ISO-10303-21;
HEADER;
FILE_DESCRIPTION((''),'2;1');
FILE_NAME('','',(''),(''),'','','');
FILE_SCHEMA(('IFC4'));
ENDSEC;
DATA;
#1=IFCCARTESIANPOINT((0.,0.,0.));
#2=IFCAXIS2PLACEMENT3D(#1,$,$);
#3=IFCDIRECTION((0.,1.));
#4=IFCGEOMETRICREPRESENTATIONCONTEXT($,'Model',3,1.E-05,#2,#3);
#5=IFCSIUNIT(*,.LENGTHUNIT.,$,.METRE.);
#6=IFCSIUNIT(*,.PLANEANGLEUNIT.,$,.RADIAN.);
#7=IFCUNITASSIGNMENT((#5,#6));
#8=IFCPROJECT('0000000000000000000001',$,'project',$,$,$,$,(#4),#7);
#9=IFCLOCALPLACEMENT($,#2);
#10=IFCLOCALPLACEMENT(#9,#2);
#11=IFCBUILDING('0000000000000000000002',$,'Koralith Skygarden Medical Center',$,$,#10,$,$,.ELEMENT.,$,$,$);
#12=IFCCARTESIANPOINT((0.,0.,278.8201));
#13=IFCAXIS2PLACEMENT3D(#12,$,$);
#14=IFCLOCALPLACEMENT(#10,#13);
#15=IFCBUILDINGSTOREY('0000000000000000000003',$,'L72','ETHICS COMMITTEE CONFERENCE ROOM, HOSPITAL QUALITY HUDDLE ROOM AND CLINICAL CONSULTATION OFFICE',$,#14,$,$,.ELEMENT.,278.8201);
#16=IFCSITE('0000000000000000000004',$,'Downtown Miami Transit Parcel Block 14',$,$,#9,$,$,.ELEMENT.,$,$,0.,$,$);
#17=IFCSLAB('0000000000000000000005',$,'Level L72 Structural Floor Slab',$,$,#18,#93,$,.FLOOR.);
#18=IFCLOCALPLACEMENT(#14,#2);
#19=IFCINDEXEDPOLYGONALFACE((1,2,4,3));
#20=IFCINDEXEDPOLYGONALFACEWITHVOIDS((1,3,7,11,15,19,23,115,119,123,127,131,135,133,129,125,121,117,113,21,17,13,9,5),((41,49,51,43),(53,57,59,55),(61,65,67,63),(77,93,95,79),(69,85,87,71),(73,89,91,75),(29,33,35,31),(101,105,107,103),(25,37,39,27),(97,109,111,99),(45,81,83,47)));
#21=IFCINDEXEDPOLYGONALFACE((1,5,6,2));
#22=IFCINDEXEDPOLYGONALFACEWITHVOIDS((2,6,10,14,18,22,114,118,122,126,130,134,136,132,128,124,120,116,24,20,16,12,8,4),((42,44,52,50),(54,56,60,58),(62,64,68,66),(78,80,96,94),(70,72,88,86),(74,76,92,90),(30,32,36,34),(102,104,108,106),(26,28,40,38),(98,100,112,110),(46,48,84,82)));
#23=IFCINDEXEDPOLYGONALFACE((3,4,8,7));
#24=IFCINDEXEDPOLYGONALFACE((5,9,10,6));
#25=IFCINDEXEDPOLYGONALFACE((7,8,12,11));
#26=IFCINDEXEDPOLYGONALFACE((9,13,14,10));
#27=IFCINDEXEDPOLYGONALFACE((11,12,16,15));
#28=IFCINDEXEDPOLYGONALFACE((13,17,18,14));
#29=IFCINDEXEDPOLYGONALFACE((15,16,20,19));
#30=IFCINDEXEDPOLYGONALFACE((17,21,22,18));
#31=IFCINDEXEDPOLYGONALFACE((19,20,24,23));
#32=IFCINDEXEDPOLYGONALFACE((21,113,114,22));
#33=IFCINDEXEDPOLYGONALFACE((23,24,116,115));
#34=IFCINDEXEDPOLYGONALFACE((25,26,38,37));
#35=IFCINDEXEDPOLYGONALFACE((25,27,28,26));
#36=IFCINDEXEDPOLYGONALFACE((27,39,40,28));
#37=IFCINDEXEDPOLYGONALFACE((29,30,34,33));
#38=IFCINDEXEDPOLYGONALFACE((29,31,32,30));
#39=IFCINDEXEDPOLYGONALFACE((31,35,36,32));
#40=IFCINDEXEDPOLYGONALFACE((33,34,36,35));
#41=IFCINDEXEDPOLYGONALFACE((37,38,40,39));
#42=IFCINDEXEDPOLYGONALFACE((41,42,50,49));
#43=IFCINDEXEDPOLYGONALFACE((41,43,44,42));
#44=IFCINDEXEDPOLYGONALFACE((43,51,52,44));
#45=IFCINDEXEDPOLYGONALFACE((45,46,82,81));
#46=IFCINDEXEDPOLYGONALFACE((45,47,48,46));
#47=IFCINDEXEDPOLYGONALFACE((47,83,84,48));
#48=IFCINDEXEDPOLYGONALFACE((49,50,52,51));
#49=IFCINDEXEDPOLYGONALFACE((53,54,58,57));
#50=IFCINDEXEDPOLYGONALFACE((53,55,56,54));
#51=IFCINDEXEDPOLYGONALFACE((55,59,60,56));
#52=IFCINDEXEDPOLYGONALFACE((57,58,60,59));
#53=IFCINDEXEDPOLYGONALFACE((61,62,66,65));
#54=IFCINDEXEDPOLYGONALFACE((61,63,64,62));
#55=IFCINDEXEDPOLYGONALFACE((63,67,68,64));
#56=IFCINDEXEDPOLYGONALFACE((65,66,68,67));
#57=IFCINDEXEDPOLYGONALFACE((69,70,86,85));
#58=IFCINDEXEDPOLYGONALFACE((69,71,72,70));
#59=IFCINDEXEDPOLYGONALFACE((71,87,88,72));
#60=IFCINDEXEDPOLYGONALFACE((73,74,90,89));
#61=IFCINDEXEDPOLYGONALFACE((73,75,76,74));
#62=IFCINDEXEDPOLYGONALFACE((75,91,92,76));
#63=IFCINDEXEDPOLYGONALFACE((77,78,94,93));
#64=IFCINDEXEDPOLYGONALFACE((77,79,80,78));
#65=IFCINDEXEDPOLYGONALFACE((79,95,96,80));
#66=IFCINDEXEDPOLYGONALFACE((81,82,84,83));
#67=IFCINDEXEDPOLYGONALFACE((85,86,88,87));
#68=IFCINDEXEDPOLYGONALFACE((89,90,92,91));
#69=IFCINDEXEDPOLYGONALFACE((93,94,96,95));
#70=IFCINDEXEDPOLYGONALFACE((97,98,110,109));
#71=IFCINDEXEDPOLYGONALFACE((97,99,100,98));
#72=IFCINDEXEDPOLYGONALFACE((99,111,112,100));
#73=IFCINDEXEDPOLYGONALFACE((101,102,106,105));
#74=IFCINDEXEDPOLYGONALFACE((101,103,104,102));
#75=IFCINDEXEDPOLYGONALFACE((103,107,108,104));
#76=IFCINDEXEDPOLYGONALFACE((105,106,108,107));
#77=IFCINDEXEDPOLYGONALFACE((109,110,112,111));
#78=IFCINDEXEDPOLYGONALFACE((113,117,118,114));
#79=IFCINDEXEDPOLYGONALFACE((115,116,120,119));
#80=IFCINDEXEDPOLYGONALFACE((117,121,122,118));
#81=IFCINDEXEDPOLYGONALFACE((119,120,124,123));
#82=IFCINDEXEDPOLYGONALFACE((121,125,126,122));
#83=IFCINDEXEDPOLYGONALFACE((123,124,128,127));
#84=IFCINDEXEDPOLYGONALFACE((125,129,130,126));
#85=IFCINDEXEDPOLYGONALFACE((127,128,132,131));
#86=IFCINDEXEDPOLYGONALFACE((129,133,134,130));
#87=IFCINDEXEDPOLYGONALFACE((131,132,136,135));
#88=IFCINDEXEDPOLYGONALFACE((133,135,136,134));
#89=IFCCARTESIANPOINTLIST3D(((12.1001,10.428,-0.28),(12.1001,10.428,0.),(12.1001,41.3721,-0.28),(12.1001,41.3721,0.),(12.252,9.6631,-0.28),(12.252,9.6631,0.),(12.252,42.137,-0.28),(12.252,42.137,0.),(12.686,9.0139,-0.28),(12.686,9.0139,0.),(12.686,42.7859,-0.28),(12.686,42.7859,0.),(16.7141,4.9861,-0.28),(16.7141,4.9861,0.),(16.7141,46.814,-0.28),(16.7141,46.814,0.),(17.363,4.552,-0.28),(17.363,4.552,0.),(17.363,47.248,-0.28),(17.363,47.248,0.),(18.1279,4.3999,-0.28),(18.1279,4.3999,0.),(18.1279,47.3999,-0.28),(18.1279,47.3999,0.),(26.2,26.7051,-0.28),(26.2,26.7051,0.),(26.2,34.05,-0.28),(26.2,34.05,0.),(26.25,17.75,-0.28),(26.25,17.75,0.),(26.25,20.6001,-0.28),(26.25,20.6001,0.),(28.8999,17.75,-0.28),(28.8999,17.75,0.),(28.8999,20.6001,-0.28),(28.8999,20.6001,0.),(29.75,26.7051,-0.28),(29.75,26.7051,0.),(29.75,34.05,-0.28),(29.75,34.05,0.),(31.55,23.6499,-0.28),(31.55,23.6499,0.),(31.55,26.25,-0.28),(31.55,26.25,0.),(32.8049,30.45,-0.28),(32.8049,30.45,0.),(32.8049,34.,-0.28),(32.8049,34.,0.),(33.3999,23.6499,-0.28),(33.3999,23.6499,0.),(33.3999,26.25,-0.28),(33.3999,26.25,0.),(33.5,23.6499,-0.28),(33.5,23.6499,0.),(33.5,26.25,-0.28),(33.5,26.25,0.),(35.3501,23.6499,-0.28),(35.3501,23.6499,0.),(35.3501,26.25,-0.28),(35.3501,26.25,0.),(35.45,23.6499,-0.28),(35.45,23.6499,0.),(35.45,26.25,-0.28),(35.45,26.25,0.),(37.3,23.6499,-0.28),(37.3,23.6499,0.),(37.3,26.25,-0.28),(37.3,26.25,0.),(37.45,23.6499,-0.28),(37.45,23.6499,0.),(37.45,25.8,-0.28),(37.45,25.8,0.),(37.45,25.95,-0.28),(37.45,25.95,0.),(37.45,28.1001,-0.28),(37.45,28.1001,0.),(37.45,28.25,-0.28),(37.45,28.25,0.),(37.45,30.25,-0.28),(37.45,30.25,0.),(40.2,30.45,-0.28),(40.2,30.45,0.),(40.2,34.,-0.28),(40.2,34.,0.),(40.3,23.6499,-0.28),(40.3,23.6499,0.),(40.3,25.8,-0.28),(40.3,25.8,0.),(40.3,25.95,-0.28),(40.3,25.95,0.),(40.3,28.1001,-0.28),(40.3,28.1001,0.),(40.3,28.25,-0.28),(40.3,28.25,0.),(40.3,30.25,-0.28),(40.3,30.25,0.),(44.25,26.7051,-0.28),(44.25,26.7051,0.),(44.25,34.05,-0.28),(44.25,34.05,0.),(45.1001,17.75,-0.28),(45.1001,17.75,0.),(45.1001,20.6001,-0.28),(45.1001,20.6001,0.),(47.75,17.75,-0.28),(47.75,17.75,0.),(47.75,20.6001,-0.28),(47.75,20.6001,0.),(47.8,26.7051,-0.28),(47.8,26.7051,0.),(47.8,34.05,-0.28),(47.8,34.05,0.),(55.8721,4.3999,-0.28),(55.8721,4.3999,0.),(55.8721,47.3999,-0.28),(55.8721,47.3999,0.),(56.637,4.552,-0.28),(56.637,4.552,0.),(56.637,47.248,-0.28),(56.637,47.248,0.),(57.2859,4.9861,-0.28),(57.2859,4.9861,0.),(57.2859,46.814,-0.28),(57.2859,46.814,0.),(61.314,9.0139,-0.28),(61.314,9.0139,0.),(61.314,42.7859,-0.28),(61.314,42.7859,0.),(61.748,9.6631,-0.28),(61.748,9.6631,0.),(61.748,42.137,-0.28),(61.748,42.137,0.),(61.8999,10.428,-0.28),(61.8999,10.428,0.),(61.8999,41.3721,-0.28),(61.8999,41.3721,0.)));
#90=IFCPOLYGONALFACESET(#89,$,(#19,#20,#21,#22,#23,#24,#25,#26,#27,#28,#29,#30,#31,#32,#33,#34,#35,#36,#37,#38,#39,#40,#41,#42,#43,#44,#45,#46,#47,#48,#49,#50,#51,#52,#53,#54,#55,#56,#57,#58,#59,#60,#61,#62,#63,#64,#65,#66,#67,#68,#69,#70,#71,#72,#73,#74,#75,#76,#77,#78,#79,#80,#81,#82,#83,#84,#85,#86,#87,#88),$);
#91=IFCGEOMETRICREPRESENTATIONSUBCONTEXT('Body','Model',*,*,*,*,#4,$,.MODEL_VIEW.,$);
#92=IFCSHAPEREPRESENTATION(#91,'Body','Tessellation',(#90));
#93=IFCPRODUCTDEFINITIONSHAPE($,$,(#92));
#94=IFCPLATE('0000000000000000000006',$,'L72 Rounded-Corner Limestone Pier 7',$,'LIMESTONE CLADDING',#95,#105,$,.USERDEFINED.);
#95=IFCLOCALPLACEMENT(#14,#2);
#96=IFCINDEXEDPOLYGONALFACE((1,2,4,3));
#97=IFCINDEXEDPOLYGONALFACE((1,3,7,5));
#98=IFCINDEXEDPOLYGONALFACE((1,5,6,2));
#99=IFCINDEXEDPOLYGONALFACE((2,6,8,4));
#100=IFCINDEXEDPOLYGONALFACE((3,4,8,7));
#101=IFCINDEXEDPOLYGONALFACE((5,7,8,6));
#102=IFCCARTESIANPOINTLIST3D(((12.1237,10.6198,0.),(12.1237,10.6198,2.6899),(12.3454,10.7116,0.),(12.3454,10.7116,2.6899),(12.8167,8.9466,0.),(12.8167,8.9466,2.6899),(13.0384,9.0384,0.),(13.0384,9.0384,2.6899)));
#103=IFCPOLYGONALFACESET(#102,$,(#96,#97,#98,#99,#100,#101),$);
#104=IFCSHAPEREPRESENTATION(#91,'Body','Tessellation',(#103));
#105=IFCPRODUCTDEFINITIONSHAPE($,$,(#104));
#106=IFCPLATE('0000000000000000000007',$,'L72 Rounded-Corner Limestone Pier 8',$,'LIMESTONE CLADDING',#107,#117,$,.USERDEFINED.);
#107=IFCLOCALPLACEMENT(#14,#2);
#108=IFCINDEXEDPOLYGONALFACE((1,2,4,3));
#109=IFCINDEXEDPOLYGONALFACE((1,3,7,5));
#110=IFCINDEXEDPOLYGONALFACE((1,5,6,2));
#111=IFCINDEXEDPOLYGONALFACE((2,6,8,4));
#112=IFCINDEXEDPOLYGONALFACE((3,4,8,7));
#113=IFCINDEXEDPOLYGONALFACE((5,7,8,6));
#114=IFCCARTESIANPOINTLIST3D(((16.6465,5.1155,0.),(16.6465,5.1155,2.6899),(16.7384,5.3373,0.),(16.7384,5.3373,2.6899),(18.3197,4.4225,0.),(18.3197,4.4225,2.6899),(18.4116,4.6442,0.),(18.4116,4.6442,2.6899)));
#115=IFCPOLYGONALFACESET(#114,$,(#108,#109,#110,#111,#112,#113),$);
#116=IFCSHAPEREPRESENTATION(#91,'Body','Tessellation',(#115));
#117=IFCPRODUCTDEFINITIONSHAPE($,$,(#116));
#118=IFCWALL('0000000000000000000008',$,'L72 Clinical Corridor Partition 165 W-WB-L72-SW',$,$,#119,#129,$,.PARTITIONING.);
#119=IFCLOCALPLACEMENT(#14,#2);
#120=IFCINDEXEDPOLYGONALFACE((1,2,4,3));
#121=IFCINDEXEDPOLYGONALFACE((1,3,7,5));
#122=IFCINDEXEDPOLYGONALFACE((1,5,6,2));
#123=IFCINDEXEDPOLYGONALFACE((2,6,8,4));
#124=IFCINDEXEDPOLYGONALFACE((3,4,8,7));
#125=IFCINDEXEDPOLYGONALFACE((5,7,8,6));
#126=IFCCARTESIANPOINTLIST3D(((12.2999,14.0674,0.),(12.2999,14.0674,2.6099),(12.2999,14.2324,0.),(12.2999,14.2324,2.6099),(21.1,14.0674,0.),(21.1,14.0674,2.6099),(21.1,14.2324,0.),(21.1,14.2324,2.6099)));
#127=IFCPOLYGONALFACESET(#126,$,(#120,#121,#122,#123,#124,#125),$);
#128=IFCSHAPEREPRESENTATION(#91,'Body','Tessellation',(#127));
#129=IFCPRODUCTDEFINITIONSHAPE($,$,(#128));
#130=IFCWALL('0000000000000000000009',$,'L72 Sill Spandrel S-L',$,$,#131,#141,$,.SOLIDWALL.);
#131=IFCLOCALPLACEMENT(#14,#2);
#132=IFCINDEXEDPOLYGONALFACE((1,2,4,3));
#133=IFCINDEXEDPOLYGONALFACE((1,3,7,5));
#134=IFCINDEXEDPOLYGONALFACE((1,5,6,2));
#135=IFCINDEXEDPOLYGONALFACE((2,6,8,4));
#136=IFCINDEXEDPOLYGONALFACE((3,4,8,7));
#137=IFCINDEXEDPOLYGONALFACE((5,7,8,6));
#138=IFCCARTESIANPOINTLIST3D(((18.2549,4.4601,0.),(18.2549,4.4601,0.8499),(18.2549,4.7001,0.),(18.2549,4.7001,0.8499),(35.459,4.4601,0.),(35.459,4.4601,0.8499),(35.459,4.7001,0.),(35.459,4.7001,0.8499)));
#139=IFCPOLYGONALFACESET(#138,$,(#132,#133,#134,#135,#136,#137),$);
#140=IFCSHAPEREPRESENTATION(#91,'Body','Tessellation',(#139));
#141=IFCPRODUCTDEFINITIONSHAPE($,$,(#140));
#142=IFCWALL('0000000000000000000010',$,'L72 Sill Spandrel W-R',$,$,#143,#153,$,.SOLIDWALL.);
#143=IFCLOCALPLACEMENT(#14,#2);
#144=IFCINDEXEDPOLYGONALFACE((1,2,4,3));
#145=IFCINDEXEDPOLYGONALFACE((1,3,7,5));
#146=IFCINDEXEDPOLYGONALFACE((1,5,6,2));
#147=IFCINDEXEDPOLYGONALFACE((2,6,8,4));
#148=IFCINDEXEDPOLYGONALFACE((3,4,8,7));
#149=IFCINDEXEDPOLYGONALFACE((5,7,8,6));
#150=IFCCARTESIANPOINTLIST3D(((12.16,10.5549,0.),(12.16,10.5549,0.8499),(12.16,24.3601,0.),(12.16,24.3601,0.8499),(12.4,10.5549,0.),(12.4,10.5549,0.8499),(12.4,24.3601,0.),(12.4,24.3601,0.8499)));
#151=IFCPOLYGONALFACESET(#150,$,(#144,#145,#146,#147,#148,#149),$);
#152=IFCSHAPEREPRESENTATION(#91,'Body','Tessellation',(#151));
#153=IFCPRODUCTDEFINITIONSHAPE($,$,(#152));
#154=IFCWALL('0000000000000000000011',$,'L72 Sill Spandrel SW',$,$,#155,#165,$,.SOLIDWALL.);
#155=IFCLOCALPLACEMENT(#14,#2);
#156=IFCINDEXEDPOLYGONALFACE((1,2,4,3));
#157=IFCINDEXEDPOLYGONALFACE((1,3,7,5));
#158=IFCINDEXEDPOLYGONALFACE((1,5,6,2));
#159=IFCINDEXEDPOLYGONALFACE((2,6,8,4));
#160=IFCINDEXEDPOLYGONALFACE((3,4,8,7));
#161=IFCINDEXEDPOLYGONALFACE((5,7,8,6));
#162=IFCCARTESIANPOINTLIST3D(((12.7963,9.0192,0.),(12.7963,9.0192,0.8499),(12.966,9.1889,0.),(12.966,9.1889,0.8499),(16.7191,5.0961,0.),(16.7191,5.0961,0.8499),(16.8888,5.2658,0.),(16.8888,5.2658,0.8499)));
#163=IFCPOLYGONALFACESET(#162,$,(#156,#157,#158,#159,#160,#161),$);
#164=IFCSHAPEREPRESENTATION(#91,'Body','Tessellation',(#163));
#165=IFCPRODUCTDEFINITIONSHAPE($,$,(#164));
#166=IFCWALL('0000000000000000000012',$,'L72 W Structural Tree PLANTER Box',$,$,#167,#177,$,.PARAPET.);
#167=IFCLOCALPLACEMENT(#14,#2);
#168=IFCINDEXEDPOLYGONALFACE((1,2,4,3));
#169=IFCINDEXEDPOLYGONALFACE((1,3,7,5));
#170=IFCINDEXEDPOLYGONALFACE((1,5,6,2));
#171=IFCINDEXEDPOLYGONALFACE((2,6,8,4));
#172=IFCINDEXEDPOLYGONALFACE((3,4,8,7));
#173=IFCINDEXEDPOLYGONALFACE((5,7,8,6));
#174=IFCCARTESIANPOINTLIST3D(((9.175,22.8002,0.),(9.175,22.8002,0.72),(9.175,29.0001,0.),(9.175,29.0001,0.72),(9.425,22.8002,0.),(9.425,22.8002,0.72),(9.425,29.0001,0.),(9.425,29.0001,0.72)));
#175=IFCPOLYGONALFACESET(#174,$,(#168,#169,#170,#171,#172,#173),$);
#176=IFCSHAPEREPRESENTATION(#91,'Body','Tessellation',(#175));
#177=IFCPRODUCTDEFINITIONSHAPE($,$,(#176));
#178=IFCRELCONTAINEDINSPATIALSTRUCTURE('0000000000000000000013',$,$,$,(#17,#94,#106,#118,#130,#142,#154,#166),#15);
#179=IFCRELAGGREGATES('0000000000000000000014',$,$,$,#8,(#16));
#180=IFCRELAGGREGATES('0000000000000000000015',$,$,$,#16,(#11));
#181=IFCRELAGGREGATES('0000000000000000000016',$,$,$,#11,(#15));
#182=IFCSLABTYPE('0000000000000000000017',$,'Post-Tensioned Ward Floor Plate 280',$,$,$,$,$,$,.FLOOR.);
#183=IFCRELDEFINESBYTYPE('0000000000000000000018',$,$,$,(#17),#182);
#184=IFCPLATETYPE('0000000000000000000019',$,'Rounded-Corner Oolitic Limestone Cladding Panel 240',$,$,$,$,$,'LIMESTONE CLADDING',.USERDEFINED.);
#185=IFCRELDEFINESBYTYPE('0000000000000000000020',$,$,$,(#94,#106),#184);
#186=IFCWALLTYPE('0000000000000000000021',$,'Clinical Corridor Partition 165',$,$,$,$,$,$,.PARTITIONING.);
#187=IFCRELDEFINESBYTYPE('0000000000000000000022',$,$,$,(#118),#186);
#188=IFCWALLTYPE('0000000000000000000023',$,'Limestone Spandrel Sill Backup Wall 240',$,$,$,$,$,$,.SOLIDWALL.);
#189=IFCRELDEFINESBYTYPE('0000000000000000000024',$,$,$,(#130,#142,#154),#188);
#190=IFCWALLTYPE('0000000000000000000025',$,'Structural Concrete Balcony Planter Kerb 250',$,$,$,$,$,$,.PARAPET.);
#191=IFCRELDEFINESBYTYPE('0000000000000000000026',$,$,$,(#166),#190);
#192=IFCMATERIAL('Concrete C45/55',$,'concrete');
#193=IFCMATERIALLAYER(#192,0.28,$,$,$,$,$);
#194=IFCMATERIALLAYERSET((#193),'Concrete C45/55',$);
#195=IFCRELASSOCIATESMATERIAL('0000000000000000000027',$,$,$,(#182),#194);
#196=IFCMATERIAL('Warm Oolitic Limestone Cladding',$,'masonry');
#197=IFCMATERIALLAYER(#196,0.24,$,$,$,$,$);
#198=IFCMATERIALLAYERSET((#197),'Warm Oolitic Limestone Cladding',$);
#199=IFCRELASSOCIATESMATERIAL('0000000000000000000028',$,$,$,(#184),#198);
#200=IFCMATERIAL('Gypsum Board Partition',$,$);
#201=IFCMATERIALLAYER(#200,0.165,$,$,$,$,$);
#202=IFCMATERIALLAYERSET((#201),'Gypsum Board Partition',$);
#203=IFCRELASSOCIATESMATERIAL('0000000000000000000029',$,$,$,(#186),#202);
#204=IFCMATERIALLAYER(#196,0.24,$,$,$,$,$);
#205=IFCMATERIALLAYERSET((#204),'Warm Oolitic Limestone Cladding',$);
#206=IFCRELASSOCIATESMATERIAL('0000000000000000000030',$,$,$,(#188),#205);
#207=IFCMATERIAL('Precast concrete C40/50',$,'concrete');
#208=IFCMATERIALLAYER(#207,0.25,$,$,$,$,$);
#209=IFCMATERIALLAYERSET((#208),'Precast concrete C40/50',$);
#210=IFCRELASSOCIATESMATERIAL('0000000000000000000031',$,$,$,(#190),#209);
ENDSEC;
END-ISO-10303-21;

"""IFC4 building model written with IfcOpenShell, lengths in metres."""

from ifc_helpers import new_model, si_unit, direction, frame, frame_2d, origin, origin_2d, place, context, subcontext, project, spatial, polyline, rectangle, outline, extrude, material, layer, layer_set, type_object, element, save


model = new_model("IFC4")

# Units and contexts
model_context = context("Model", 3, precision=1e-05, world=origin(), true_north=direction((0.0, 1.0)))
body_context = subcontext(model_context, "Body", "Model", "MODEL_VIEW")
ifc_project = project(units=[si_unit("LENGTHUNIT", "METRE"), si_unit("PLANEANGLEUNIT", "RADIAN")], contexts=[model_context])

# Site, building, storey
site_placement = place(None, origin())
site = spatial("IfcSite", under=ifc_project, at=site_placement, Name="Downtown Miami Transit Parcel Block 14", CompositionType="ELEMENT", RefElevation=0.0)
building_placement = place(site_placement, origin())
building = spatial("IfcBuilding", under=site, at=building_placement, Name="Koralith Skygarden Medical Center", CompositionType="ELEMENT")
storey_placement = place(building_placement, frame((0.0, 0.0, 278.8201)))
storey = spatial("IfcBuildingStorey", under=building, at=storey_placement, Name="L72", Description="ETHICS COMMITTEE CONFERENCE ROOM, HOSPITAL QUALITY HUDDLE ROOM AND CLINICAL CONSULTATION OFFICE", CompositionType="ELEMENT", Elevation=278.8201)

# Shared definitions
ifc_material_1 = material(Name="Concrete C45/55", Category="concrete")

# Slab
ifc_layer_1 = layer(ifc_material_1, 0.28)
ifc_layer_set_1 = layer_set([ifc_layer_1], Name="Concrete C45/55")
slab_type_1 = type_object("IfcSlabType", Name="Post-Tensioned Ward Floor Plate 280", PredefinedType="FLOOR", material=ifc_layer_set_1)
slab_1_placement = place(storey_placement, frame((0.0, 0.0, -0.28)))
element("IfcSlab", 1, at=slab_1_placement, inside=storey, type_object=slab_type_1, Name="Level L72 Structural Floor Slab", PredefinedType="FLOOR", context=body_context, shape_type="SweptSolid", body=[
    extrude(outline(polyline([(16.7141, 4.9861), (17.363, 4.552), (18.1279, 4.3999), (55.8721, 4.3999), (56.637, 4.552), (57.2859, 4.9861), (61.314, 9.0139), (61.748, 9.6631), (61.8999, 10.428), (61.8999, 41.3721), (61.748, 42.137), (61.314, 42.7859), (57.2859, 46.814), (56.637, 47.248), (55.8721, 47.3999), (18.1279, 47.3999), (17.363, 47.248), (16.7141, 46.814), (12.686, 42.7859), (12.252, 42.137), (12.1001, 41.3721), (12.1001, 10.428), (12.252, 9.6631), (12.686, 9.0139), (16.7141, 4.9861)]), holes=[polyline([(26.2, 26.7051), (29.75, 26.7051), (29.75, 34.05), (26.2, 34.05), (26.2, 26.7051)]), polyline([(44.25, 26.7051), (47.8, 26.7051), (47.8, 34.05), (44.25, 34.05), (44.25, 26.7051)]), polyline([(32.8049, 30.45), (40.2, 30.45), (40.2, 34.0), (32.8049, 34.0), (32.8049, 30.45)]), polyline([(26.25, 17.75), (28.8999, 17.75), (28.8999, 20.6001), (26.25, 20.6001), (26.25, 17.75)]), polyline([(45.1001, 17.75), (47.75, 17.75), (47.75, 20.6001), (45.1001, 20.6001), (45.1001, 17.75)]), polyline([(31.55, 23.6499), (33.3999, 23.6499), (33.3999, 26.25), (31.55, 26.25), (31.55, 23.6499)]), polyline([(33.5, 23.6499), (35.3501, 23.6499), (35.3501, 26.25), (33.5, 26.25), (33.5, 23.6499)]), polyline([(35.45, 23.6499), (37.3, 23.6499), (37.3, 26.25), (35.45, 26.25), (35.45, 23.6499)]), polyline([(37.45, 23.6499), (40.3, 23.6499), (40.3, 25.8), (37.45, 25.8), (37.45, 23.6499)]), polyline([(37.45, 25.95), (40.3, 25.95), (40.3, 28.1001), (37.45, 28.1001), (37.45, 25.95)]), polyline([(37.45, 28.25), (40.3, 28.25), (40.3, 30.25), (37.45, 30.25), (37.45, 28.25)])]), origin(), (0.0, 0.0, 1.0), 0.28),
])

# Plates
ifc_material_2 = material(Name="Warm Oolitic Limestone Cladding", Category="masonry")
ifc_layer_2 = layer(ifc_material_2, 0.24)
ifc_layer_set_2 = layer_set([ifc_layer_2], Name="Warm Oolitic Limestone Cladding")
plate_type_1 = type_object("IfcPlateType", Name="Rounded-Corner Oolitic Limestone Cladding Panel 240", ElementType="LIMESTONE CLADDING", PredefinedType="USERDEFINED", material=ifc_layer_set_2)
for number, where, z_axis, x_axis, name in (
    (2, (12.5811, 9.8291, 0.0), (0.0, 0.0, 1.0), (0.382671, -0.923885, 0.0), "L72 Rounded-Corner Limestone Pier 7"),
    (3, (17.5291, 4.8799, 0.0), (0.0, 0.0, 1.0), (0.923885, -0.382671, 0.0), "L72 Rounded-Corner Limestone Pier 8"),
):
    element("IfcPlate", number, at=place(storey_placement, frame(where, z_axis=z_axis, x_axis=x_axis)), inside=storey, type_object=plate_type_1, Name=name, ObjectType="LIMESTONE CLADDING", PredefinedType="USERDEFINED", context=body_context, shape_type="SweptSolid", body=[
        extrude(rectangle(XDim=1.811, YDim=0.24, at=origin_2d()), origin(), (0.0, 0.0, 1.0), 2.6899),
    ])

# Walls
ifc_material_3 = material(Name="Gypsum Board Partition")
ifc_layer_3 = layer(ifc_material_3, 0.165)
ifc_layer_set_3 = layer_set([ifc_layer_3], Name="Gypsum Board Partition")
wall_type_1 = type_object("IfcWallType", Name="Clinical Corridor Partition 165", PredefinedType="PARTITIONING", material=ifc_layer_set_3)
wall_1_placement = place(storey_placement, frame((12.3, 14.1499, 0.0), z_axis=(0.0, 0.0, 1.0), x_axis=(1.0, 0.0, 0.0)))
element("IfcWall", 4, at=wall_1_placement, inside=storey, type_object=wall_type_1, Name="L72 Clinical Corridor Partition 165 W-WB-L72-SW", PredefinedType="PARTITIONING", context=body_context, shape_type="SweptSolid", body=[
    extrude(rectangle(XDim=8.8, YDim=0.165, at=frame_2d((4.3999, 0.0))), origin(), (0.0, 0.0, 1.0), 2.6099),
])
ifc_layer_4 = layer(ifc_material_2, 0.24)
ifc_layer_set_4 = layer_set([ifc_layer_4], Name="Warm Oolitic Limestone Cladding")
wall_type_2 = type_object("IfcWallType", Name="Limestone Spandrel Sill Backup Wall 240", PredefinedType="SOLIDWALL", material=ifc_layer_set_4)
wall_2_placement = place(storey_placement, frame((18.2549, 4.5801, 0.0), z_axis=(0.0, 0.0, 1.0), x_axis=(1.0, 0.0, 0.0)))
element("IfcWall", 5, at=wall_2_placement, inside=storey, type_object=wall_type_2, Name="L72 Sill Spandrel S-L", PredefinedType="SOLIDWALL", context=body_context, shape_type="SweptSolid", body=[
    extrude(rectangle(XDim=17.2041, YDim=0.24, at=frame_2d((8.6021, 0.0))), origin(), (0.0, 0.0, 1.0), 0.8499),
])
wall_3_placement = place(storey_placement, frame((12.28, 24.3601, 0.0), z_axis=(0.0, 0.0, 1.0), x_axis=(0.0, -1.0, 0.0)))
element("IfcWall", 6, at=wall_3_placement, inside=storey, type_object=wall_type_2, Name="L72 Sill Spandrel W-R", PredefinedType="SOLIDWALL", context=body_context, shape_type="SweptSolid", body=[
    extrude(rectangle(XDim=13.8052, YDim=0.24, at=frame_2d((6.9026, 0.0))), origin(), (0.0, 0.0, 1.0), 0.8499),
])
wall_4_placement = place(storey_placement, frame((12.8811, 9.104, 0.0), z_axis=(0.0, 0.0, 1.0), x_axis=(0.707085, -0.707129, 0.0)))
element("IfcWall", 7, at=wall_4_placement, inside=storey, type_object=wall_type_2, Name="L72 Sill Spandrel SW", PredefinedType="SOLIDWALL", context=body_context, shape_type="SweptSolid", body=[
    extrude(rectangle(XDim=5.5479, YDim=0.24, at=frame_2d((2.7739, 0.0))), origin(), (0.0, 0.0, 1.0), 0.8499),
])
ifc_material_4 = material(Name="Precast concrete C40/50", Category="concrete")
ifc_layer_5 = layer(ifc_material_4, 0.25)
ifc_layer_set_5 = layer_set([ifc_layer_5], Name="Precast concrete C40/50")
wall_type_3 = type_object("IfcWallType", Name="Structural Concrete Balcony Planter Kerb 250", PredefinedType="PARAPET", material=ifc_layer_set_5)
wall_5_placement = place(storey_placement, frame((9.3, 22.8, 0.0), z_axis=(0.0, 0.0, 1.0), x_axis=(0.0, 1.0, 0.0)))
element("IfcWall", 8, at=wall_5_placement, inside=storey, type_object=wall_type_3, Name="L72 W Structural Tree PLANTER Box", PredefinedType="PARAPET", context=body_context, shape_type="SweptSolid", body=[
    extrude(rectangle(XDim=6.2, YDim=0.25, at=frame_2d((3.1001, 0.0))), origin(), (0.0, 0.0, 1.0), 0.72),
])

save(model, "model.ifc")
